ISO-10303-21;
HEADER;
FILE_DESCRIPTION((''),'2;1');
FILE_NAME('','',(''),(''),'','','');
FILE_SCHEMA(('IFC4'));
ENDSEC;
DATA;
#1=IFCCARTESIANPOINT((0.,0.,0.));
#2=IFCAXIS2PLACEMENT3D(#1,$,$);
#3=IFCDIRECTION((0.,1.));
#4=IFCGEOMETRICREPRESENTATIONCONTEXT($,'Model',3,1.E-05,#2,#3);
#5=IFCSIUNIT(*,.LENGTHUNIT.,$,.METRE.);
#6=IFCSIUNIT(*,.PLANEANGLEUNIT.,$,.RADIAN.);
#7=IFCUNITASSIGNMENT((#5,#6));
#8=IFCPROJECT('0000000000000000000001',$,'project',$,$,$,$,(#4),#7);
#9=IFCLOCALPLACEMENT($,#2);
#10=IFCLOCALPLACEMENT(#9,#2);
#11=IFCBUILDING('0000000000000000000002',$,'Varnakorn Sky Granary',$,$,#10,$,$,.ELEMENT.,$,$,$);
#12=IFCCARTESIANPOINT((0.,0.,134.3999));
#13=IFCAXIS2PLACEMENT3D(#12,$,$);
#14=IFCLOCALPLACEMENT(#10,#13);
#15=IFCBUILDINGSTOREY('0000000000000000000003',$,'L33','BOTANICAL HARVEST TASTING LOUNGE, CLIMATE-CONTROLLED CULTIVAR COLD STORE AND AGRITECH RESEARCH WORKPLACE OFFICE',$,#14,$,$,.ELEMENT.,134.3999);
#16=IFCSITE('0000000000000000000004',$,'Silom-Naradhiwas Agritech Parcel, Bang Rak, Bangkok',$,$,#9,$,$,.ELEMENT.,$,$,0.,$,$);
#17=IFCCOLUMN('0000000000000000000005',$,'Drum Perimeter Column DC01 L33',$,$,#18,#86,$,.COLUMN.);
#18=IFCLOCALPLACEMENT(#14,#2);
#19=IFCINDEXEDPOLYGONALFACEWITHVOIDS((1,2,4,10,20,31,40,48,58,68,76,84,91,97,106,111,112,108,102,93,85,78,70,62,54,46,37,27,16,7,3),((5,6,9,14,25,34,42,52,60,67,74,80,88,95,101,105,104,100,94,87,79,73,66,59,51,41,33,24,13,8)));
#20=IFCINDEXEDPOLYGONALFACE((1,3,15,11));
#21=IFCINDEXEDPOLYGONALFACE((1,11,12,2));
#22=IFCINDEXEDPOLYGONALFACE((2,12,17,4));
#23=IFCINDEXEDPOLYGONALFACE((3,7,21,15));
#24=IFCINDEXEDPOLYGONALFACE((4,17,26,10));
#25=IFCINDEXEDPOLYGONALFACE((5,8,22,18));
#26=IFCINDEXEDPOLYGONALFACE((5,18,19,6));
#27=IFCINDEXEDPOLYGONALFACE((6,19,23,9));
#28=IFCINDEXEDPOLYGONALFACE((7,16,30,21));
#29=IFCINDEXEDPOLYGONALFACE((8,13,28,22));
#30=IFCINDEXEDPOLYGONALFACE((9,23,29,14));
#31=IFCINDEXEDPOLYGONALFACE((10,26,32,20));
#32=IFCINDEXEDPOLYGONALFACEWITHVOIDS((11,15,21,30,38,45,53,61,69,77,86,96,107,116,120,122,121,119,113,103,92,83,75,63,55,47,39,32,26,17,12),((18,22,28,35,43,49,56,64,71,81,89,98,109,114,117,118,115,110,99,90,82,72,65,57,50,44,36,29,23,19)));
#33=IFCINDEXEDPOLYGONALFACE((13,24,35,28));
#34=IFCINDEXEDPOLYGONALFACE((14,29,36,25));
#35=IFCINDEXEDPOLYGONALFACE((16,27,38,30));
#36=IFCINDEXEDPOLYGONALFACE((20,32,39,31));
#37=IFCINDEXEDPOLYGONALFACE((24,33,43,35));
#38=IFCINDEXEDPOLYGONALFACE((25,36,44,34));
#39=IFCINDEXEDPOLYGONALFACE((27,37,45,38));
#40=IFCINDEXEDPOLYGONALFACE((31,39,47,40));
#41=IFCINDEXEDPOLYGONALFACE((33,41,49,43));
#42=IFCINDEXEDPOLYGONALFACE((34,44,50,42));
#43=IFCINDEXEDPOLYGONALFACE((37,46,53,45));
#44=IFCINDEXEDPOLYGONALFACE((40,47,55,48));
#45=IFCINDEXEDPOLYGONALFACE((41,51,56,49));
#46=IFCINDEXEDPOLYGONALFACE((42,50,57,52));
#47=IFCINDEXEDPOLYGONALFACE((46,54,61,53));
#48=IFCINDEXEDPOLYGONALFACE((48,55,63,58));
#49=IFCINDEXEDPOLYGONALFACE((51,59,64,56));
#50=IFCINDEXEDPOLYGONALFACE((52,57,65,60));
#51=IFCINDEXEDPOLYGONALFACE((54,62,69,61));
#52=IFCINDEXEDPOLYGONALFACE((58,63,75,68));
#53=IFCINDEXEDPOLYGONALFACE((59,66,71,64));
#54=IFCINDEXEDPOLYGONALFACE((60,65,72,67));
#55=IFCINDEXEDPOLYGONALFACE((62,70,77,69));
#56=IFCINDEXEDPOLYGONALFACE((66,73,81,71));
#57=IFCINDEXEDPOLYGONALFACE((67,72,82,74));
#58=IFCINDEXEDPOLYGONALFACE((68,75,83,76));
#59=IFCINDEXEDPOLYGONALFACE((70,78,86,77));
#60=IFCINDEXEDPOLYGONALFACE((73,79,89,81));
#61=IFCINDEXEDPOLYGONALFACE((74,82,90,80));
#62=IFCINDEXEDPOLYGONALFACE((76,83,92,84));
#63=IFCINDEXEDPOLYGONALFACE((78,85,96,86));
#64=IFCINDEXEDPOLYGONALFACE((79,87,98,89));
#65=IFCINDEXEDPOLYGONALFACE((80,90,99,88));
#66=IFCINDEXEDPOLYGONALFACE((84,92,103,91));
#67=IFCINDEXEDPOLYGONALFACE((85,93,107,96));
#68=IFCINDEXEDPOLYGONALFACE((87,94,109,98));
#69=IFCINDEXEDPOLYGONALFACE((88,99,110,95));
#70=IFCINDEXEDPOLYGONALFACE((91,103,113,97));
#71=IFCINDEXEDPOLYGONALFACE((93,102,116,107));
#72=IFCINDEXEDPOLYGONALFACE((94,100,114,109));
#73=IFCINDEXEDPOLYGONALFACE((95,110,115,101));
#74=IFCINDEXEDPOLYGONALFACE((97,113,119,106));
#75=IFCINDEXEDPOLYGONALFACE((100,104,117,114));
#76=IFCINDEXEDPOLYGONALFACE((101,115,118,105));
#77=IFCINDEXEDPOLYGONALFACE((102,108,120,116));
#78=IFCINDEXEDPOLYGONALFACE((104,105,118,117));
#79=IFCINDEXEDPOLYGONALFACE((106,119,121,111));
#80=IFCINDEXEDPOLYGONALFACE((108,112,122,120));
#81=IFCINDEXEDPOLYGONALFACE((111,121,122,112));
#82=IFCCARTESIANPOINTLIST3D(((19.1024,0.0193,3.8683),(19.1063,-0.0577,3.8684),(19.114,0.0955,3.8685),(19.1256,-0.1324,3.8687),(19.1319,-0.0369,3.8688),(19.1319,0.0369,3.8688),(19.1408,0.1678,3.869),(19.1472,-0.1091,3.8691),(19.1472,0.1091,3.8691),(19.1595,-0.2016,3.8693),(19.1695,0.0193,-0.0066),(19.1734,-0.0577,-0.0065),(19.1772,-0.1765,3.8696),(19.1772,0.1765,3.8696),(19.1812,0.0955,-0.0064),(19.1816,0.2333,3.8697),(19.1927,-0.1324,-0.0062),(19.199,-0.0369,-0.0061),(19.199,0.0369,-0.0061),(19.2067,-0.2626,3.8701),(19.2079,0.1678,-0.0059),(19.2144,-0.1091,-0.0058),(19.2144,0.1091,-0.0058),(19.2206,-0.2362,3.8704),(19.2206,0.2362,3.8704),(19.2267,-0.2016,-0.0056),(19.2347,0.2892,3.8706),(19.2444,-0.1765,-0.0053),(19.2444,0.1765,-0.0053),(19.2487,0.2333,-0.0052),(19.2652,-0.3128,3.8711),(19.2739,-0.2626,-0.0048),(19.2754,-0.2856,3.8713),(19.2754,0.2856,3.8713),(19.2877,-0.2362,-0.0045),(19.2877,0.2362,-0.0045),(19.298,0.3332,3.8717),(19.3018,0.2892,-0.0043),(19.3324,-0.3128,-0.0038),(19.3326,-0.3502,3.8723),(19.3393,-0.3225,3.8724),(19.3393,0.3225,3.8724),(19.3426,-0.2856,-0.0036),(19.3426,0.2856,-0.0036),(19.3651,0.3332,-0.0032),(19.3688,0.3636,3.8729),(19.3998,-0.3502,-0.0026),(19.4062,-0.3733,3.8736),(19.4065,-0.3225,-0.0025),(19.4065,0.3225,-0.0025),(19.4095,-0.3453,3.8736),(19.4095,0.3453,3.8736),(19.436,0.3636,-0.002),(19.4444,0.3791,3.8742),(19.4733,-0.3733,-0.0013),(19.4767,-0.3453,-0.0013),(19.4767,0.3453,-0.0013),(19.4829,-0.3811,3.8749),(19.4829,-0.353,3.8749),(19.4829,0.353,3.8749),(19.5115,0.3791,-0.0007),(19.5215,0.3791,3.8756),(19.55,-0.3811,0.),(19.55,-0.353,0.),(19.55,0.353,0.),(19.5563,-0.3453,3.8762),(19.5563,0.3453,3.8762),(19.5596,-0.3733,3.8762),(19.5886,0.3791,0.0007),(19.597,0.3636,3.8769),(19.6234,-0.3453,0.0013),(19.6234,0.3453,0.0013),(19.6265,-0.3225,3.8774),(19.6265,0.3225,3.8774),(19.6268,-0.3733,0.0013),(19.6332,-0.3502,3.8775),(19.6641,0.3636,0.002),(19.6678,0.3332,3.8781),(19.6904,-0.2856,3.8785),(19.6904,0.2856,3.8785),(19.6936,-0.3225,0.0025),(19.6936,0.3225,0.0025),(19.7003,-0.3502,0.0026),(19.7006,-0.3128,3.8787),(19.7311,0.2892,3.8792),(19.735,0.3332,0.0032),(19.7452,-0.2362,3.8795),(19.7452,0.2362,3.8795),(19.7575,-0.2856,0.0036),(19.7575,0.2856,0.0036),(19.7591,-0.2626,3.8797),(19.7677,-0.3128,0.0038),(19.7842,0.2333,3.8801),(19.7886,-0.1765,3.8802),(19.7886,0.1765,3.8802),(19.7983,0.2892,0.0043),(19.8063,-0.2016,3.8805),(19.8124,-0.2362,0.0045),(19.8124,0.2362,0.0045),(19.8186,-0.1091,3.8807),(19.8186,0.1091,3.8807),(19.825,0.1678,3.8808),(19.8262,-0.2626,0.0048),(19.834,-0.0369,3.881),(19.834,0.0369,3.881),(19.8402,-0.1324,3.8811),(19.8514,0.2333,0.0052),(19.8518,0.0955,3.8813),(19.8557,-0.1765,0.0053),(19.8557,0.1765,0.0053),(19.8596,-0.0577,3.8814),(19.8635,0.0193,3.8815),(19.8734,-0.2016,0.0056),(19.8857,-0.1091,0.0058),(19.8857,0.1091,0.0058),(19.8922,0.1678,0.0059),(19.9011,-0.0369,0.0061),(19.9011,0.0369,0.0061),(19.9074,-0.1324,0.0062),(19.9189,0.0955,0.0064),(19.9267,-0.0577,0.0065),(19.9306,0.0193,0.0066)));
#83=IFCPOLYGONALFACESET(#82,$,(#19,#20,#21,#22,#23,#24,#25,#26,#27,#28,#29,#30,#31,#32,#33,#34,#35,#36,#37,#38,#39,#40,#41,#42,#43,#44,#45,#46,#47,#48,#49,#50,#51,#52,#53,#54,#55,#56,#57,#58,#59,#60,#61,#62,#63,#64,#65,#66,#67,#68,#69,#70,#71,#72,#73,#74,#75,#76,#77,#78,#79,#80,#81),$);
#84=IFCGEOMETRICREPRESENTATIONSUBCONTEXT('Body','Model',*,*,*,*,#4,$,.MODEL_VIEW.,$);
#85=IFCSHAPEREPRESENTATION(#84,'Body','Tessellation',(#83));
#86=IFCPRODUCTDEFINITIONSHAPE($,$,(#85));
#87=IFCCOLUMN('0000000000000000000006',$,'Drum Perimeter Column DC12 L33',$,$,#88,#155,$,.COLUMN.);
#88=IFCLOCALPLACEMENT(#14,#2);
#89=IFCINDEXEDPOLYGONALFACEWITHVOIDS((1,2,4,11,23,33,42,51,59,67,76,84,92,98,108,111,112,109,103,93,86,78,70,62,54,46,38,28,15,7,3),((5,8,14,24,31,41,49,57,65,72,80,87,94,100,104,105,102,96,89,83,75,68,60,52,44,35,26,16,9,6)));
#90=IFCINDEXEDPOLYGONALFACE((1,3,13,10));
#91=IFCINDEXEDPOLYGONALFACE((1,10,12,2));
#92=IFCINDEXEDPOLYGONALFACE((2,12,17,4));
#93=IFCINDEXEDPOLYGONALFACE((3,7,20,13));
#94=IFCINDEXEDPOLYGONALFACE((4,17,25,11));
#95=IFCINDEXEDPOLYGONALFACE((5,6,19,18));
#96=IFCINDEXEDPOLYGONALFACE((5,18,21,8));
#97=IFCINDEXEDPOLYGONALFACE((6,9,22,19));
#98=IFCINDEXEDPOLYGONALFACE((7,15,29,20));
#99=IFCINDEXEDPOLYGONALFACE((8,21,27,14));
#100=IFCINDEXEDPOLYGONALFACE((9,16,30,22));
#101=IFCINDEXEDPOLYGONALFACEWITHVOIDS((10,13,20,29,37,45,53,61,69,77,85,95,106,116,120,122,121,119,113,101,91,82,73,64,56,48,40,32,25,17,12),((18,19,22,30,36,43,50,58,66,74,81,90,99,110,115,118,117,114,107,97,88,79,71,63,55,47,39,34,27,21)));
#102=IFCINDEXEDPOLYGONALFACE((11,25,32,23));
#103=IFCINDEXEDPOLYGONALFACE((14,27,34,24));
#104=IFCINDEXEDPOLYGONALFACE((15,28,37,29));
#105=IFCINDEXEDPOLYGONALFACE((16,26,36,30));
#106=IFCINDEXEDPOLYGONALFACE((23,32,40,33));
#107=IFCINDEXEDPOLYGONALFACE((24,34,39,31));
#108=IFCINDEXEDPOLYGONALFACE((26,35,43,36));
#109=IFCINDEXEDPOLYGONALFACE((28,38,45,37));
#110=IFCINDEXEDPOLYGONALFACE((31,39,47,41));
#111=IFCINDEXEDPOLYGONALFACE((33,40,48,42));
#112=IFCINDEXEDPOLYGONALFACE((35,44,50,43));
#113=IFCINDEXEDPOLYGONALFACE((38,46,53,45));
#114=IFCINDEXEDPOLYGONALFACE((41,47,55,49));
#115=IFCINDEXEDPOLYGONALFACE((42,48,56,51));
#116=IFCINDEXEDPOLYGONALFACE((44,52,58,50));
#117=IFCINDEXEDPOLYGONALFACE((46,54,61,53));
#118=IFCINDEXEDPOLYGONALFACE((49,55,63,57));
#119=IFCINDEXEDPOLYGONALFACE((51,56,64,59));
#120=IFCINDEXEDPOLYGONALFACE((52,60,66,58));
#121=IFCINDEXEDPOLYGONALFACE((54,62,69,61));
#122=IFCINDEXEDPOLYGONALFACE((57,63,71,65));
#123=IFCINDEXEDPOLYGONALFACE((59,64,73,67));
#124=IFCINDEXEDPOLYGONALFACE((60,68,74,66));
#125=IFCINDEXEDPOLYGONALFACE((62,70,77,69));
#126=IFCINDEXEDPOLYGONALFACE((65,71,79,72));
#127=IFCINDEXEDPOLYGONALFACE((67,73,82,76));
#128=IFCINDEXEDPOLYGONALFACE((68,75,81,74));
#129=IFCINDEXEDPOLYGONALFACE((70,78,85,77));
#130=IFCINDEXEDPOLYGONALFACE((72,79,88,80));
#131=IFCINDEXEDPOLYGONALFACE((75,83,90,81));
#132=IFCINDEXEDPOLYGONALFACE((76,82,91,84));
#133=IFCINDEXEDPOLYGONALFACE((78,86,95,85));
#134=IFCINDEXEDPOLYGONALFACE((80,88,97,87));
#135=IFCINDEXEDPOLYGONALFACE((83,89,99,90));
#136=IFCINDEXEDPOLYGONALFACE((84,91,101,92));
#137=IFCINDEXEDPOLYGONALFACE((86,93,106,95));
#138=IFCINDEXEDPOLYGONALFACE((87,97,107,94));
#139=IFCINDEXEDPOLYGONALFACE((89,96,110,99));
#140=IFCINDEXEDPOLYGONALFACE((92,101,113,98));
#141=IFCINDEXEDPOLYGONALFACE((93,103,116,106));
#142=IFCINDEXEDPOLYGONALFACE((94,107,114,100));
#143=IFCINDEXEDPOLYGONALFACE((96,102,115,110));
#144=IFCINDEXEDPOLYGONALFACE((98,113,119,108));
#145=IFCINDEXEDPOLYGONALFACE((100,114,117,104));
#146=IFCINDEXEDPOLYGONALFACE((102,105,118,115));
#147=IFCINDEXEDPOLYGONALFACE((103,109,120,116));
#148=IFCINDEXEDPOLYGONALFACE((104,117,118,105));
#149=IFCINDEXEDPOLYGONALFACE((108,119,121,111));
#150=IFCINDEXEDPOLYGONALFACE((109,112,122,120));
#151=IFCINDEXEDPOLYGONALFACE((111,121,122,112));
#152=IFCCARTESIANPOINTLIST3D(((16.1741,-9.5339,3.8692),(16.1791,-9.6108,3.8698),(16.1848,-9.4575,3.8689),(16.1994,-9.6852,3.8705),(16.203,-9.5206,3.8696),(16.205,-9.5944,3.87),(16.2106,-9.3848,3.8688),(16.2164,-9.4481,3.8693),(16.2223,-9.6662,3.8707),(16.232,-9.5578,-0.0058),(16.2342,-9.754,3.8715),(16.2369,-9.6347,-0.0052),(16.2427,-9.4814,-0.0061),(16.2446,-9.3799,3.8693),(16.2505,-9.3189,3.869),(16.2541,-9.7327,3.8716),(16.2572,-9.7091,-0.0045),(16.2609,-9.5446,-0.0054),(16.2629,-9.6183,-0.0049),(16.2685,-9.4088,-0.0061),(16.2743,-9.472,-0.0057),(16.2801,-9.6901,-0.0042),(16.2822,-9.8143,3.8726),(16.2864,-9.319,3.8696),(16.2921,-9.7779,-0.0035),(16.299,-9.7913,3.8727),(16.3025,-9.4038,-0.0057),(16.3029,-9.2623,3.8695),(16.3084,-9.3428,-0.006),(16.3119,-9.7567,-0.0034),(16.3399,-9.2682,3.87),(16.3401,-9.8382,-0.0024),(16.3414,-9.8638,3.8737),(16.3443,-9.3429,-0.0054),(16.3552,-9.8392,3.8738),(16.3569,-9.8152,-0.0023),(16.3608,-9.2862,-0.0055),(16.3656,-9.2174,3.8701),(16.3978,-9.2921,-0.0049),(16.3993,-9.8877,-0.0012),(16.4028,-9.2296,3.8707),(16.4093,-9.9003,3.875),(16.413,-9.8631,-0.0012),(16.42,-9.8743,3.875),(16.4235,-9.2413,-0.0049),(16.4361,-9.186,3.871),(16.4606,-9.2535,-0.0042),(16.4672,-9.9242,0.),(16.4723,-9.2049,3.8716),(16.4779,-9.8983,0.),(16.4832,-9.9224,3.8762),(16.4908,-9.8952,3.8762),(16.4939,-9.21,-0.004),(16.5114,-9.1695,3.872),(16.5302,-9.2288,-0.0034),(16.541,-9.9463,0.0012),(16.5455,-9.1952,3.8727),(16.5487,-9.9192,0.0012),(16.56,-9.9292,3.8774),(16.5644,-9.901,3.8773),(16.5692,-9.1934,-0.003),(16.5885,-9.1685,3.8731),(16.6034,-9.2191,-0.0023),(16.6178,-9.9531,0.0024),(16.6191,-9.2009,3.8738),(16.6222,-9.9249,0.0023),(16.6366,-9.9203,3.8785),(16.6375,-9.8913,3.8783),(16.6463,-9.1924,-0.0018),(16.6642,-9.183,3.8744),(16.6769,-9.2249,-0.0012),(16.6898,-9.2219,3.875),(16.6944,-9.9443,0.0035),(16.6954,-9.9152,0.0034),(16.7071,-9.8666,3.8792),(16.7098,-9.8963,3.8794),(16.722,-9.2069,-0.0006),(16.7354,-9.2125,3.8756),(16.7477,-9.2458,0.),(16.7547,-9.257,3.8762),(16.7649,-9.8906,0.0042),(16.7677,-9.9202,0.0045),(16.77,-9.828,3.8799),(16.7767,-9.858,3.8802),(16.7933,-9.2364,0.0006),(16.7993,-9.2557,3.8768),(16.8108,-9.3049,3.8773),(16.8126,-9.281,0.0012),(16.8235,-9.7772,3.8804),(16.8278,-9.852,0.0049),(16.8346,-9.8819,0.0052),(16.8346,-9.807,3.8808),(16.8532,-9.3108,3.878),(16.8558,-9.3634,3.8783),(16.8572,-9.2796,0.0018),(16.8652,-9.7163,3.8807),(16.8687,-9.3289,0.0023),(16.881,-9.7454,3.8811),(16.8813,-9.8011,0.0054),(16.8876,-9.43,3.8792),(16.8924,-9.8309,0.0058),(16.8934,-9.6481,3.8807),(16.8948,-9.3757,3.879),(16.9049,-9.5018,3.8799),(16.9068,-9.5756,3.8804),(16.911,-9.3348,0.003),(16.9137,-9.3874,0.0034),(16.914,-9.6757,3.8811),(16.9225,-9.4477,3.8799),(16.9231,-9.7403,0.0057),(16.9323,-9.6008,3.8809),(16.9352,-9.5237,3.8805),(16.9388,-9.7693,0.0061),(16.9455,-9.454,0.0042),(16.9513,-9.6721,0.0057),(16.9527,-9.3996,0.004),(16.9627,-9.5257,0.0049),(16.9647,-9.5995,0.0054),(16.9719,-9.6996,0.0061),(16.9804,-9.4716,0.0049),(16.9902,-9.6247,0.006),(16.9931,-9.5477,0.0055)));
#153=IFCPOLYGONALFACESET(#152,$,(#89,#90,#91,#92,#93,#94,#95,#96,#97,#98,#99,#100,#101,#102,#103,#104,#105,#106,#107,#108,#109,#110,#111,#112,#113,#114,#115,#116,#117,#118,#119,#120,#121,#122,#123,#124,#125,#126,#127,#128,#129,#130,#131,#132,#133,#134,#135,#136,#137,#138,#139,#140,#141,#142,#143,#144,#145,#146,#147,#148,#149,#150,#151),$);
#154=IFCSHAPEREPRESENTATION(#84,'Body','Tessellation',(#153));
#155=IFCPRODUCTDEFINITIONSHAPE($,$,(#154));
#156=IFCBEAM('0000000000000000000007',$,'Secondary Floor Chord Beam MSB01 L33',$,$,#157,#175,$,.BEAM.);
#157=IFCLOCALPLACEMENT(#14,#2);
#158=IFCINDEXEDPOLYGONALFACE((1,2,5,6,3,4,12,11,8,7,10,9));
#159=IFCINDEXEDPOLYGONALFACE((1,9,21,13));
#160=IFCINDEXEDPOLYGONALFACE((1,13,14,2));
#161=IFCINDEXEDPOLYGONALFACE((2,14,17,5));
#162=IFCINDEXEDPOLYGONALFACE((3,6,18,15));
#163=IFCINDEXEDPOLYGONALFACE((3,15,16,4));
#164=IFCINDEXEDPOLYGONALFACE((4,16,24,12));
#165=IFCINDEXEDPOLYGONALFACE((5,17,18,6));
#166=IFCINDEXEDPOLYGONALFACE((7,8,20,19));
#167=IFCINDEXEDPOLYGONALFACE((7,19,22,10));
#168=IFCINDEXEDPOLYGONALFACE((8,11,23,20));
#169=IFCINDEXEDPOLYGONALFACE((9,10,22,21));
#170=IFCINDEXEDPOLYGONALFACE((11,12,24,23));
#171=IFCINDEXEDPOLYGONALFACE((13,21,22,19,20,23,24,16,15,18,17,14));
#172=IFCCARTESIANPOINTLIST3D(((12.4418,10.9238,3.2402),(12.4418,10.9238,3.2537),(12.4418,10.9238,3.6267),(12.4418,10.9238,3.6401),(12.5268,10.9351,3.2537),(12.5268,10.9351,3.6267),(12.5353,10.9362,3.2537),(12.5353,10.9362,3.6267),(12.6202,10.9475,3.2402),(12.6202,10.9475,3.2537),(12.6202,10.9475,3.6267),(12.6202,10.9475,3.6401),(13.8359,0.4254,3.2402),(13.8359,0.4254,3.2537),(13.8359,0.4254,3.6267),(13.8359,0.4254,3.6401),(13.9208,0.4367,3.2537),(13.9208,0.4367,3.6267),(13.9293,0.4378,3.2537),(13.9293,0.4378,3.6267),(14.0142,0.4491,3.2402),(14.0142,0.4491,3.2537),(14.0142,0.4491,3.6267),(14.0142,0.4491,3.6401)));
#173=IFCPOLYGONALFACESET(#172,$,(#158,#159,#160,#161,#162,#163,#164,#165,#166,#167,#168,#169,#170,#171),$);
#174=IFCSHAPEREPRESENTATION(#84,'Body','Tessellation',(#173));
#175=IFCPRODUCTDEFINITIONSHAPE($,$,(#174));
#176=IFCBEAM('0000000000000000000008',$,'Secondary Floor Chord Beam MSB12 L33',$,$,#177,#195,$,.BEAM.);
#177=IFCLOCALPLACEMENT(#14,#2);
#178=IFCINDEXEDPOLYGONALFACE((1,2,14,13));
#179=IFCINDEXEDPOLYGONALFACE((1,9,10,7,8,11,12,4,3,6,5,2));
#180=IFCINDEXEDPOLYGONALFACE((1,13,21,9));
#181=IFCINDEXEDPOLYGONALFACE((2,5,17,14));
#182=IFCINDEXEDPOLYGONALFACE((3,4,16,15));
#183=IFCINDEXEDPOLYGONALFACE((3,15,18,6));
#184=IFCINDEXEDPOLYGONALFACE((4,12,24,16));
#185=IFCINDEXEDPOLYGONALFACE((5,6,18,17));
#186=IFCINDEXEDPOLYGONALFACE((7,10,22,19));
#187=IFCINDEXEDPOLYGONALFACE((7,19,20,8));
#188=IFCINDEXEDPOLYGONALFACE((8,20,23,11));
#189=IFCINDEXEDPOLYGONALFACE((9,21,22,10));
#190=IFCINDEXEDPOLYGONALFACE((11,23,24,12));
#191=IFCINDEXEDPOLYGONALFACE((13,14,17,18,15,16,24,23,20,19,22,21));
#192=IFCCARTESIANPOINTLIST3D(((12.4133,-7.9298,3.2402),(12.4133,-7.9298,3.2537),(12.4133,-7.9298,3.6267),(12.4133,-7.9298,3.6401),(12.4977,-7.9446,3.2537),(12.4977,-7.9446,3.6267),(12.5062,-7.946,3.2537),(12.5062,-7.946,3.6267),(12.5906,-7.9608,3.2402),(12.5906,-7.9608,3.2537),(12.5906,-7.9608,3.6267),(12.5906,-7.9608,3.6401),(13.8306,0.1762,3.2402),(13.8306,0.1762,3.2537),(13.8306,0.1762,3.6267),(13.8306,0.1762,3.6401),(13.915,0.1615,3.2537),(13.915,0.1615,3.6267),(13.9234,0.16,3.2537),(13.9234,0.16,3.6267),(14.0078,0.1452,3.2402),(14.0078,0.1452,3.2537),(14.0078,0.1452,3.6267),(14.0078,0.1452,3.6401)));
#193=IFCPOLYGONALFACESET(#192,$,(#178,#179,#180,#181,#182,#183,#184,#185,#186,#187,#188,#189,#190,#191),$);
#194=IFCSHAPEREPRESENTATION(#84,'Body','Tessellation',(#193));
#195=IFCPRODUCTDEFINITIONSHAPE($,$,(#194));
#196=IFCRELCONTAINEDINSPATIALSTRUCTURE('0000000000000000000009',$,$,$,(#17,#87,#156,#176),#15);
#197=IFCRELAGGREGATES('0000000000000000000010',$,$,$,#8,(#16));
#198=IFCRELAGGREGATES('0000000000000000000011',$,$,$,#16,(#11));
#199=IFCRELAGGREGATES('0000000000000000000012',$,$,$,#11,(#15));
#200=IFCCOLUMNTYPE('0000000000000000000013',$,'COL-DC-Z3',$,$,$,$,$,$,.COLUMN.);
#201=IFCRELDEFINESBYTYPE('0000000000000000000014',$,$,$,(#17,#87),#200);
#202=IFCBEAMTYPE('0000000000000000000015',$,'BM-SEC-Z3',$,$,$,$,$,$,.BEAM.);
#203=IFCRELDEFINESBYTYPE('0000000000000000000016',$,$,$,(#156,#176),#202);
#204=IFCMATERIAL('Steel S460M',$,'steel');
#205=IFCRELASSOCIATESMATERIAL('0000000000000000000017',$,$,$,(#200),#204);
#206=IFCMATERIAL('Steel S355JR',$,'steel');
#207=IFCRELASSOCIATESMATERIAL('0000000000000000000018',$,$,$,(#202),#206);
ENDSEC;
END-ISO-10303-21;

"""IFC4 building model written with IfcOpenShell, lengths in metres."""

from ifc_helpers import new_model, si_unit, direction, frame, origin, origin_2d, place, context, subcontext, project, spatial, hollow_circle, i_section, extrude, material, material_profile, profile_set, type_object, element, save


model = new_model("IFC4")

# Units and contexts
model_context = context("Model", 3, precision=1e-05, world=origin(), true_north=direction((0.0, 1.0)))
body_context = subcontext(model_context, "Body", "Model", "MODEL_VIEW")
ifc_project = project(units=[si_unit("LENGTHUNIT", "METRE"), si_unit("PLANEANGLEUNIT", "RADIAN")], contexts=[model_context])

# Site, building, storey
site_placement = place(None, origin())
site = spatial("IfcSite", under=ifc_project, at=site_placement, Name="Silom-Naradhiwas Agritech Parcel, Bang Rak, Bangkok", CompositionType="ELEMENT", RefElevation=0.0)
building_placement = place(site_placement, origin())
building = spatial("IfcBuilding", under=site, at=building_placement, Name="Varnakorn Sky Granary", CompositionType="ELEMENT")
storey_placement = place(building_placement, frame((0.0, 0.0, 134.3999)))
storey = spatial("IfcBuildingStorey", under=building, at=storey_placement, Name="L33", Description="BOTANICAL HARVEST TASTING LOUNGE, CLIMATE-CONTROLLED CULTIVAR COLD STORE AND AGRITECH RESEARCH WORKPLACE OFFICE", CompositionType="ELEMENT", Elevation=134.3999)

# Columns
ifc_material_1 = material(Name="Steel S460M", Category="steel")
ifc_material_profile_1 = material_profile(ifc_material_1, hollow_circle(Radius=0.3811, WallThickness=0.0281, at=origin_2d()), Name="CHS 762x28")
ifc_profile_set_1 = profile_set([ifc_material_profile_1], Name="Steel S460M")
column_type = type_object("IfcColumnType", Name="COL-DC-Z3", PredefinedType="COLUMN", material=ifc_profile_set_1)
for number, where, z_axis, x_axis, name in (
    (1, (19.55, 0.0, 0.0), (-0.017324, 0.0, 0.99985), (0.0, -1.0, 0.0), "Drum Perimeter Column DC01 L33"),
    (2, (16.6128, -9.572, 0.0), (-0.01493, 0.006174, 0.999869), (-0.382122, -0.924112, 0.0), "Drum Perimeter Column DC12 L33"),
):
    element("IfcColumn", number, at=place(storey_placement, frame(where, z_axis=z_axis, x_axis=x_axis)), inside=storey, type_object=column_type, Name=name, PredefinedType="COLUMN", context=body_context, shape_type="SweptSolid", body=[
        extrude(hollow_circle(Radius=0.3811, WallThickness=0.0281, at=origin_2d()), origin(), (0.0, 0.0, 1.0), 3.8755),
    ])

# Beams
ifc_material_2 = material(Name="Steel S355JR", Category="steel")
ifc_material_profile_2 = material_profile(ifc_material_2, i_section(OverallWidth=0.1799, OverallDepth=0.3999, WebThickness=0.0085, FlangeThickness=0.0134, at=origin_2d()), Name="IPE 400")
ifc_profile_set_2 = profile_set([ifc_material_profile_2], Name="Steel S355JR")
beam_type_1 = type_object("IfcBeamType", Name="BM-SEC-Z3", PredefinedType="BEAM", material=ifc_profile_set_2)
beam_1_placement = place(storey_placement, frame((13.925, 0.4373, 3.4402), z_axis=(-0.131629, 0.991299, 0.0), x_axis=(-0.991299, -0.131629, 0.0)))
element("IfcBeam", 3, at=beam_1_placement, inside=storey, type_object=beam_type_1, Name="Secondary Floor Chord Beam MSB01 L33", PredefinedType="BEAM", context=body_context, shape_type="SweptSolid", body=[
    extrude(i_section(OverallWidth=0.1799, OverallDepth=0.3999, WebThickness=0.0085, FlangeThickness=0.0134, at=origin_2d()), origin(), (0.0, 0.0, 1.0), 10.5906),
])
beam_2_placement = place(storey_placement, frame((12.502, -7.9453, 3.4402), z_axis=(0.172226, 0.985057, 0.0), x_axis=(-0.985057, 0.172226, 0.0)))
element("IfcBeam", 4, at=beam_2_placement, inside=storey, type_object=beam_type_1, Name="Secondary Floor Chord Beam MSB12 L33", PredefinedType="BEAM", context=body_context, shape_type="SweptSolid", body=[
    extrude(i_section(OverallWidth=0.1799, OverallDepth=0.3999, WebThickness=0.0085, FlangeThickness=0.0134, at=origin_2d()), origin(), (0.0, 0.0, 1.0), 8.229),
])

save(model, "model.ifc")
